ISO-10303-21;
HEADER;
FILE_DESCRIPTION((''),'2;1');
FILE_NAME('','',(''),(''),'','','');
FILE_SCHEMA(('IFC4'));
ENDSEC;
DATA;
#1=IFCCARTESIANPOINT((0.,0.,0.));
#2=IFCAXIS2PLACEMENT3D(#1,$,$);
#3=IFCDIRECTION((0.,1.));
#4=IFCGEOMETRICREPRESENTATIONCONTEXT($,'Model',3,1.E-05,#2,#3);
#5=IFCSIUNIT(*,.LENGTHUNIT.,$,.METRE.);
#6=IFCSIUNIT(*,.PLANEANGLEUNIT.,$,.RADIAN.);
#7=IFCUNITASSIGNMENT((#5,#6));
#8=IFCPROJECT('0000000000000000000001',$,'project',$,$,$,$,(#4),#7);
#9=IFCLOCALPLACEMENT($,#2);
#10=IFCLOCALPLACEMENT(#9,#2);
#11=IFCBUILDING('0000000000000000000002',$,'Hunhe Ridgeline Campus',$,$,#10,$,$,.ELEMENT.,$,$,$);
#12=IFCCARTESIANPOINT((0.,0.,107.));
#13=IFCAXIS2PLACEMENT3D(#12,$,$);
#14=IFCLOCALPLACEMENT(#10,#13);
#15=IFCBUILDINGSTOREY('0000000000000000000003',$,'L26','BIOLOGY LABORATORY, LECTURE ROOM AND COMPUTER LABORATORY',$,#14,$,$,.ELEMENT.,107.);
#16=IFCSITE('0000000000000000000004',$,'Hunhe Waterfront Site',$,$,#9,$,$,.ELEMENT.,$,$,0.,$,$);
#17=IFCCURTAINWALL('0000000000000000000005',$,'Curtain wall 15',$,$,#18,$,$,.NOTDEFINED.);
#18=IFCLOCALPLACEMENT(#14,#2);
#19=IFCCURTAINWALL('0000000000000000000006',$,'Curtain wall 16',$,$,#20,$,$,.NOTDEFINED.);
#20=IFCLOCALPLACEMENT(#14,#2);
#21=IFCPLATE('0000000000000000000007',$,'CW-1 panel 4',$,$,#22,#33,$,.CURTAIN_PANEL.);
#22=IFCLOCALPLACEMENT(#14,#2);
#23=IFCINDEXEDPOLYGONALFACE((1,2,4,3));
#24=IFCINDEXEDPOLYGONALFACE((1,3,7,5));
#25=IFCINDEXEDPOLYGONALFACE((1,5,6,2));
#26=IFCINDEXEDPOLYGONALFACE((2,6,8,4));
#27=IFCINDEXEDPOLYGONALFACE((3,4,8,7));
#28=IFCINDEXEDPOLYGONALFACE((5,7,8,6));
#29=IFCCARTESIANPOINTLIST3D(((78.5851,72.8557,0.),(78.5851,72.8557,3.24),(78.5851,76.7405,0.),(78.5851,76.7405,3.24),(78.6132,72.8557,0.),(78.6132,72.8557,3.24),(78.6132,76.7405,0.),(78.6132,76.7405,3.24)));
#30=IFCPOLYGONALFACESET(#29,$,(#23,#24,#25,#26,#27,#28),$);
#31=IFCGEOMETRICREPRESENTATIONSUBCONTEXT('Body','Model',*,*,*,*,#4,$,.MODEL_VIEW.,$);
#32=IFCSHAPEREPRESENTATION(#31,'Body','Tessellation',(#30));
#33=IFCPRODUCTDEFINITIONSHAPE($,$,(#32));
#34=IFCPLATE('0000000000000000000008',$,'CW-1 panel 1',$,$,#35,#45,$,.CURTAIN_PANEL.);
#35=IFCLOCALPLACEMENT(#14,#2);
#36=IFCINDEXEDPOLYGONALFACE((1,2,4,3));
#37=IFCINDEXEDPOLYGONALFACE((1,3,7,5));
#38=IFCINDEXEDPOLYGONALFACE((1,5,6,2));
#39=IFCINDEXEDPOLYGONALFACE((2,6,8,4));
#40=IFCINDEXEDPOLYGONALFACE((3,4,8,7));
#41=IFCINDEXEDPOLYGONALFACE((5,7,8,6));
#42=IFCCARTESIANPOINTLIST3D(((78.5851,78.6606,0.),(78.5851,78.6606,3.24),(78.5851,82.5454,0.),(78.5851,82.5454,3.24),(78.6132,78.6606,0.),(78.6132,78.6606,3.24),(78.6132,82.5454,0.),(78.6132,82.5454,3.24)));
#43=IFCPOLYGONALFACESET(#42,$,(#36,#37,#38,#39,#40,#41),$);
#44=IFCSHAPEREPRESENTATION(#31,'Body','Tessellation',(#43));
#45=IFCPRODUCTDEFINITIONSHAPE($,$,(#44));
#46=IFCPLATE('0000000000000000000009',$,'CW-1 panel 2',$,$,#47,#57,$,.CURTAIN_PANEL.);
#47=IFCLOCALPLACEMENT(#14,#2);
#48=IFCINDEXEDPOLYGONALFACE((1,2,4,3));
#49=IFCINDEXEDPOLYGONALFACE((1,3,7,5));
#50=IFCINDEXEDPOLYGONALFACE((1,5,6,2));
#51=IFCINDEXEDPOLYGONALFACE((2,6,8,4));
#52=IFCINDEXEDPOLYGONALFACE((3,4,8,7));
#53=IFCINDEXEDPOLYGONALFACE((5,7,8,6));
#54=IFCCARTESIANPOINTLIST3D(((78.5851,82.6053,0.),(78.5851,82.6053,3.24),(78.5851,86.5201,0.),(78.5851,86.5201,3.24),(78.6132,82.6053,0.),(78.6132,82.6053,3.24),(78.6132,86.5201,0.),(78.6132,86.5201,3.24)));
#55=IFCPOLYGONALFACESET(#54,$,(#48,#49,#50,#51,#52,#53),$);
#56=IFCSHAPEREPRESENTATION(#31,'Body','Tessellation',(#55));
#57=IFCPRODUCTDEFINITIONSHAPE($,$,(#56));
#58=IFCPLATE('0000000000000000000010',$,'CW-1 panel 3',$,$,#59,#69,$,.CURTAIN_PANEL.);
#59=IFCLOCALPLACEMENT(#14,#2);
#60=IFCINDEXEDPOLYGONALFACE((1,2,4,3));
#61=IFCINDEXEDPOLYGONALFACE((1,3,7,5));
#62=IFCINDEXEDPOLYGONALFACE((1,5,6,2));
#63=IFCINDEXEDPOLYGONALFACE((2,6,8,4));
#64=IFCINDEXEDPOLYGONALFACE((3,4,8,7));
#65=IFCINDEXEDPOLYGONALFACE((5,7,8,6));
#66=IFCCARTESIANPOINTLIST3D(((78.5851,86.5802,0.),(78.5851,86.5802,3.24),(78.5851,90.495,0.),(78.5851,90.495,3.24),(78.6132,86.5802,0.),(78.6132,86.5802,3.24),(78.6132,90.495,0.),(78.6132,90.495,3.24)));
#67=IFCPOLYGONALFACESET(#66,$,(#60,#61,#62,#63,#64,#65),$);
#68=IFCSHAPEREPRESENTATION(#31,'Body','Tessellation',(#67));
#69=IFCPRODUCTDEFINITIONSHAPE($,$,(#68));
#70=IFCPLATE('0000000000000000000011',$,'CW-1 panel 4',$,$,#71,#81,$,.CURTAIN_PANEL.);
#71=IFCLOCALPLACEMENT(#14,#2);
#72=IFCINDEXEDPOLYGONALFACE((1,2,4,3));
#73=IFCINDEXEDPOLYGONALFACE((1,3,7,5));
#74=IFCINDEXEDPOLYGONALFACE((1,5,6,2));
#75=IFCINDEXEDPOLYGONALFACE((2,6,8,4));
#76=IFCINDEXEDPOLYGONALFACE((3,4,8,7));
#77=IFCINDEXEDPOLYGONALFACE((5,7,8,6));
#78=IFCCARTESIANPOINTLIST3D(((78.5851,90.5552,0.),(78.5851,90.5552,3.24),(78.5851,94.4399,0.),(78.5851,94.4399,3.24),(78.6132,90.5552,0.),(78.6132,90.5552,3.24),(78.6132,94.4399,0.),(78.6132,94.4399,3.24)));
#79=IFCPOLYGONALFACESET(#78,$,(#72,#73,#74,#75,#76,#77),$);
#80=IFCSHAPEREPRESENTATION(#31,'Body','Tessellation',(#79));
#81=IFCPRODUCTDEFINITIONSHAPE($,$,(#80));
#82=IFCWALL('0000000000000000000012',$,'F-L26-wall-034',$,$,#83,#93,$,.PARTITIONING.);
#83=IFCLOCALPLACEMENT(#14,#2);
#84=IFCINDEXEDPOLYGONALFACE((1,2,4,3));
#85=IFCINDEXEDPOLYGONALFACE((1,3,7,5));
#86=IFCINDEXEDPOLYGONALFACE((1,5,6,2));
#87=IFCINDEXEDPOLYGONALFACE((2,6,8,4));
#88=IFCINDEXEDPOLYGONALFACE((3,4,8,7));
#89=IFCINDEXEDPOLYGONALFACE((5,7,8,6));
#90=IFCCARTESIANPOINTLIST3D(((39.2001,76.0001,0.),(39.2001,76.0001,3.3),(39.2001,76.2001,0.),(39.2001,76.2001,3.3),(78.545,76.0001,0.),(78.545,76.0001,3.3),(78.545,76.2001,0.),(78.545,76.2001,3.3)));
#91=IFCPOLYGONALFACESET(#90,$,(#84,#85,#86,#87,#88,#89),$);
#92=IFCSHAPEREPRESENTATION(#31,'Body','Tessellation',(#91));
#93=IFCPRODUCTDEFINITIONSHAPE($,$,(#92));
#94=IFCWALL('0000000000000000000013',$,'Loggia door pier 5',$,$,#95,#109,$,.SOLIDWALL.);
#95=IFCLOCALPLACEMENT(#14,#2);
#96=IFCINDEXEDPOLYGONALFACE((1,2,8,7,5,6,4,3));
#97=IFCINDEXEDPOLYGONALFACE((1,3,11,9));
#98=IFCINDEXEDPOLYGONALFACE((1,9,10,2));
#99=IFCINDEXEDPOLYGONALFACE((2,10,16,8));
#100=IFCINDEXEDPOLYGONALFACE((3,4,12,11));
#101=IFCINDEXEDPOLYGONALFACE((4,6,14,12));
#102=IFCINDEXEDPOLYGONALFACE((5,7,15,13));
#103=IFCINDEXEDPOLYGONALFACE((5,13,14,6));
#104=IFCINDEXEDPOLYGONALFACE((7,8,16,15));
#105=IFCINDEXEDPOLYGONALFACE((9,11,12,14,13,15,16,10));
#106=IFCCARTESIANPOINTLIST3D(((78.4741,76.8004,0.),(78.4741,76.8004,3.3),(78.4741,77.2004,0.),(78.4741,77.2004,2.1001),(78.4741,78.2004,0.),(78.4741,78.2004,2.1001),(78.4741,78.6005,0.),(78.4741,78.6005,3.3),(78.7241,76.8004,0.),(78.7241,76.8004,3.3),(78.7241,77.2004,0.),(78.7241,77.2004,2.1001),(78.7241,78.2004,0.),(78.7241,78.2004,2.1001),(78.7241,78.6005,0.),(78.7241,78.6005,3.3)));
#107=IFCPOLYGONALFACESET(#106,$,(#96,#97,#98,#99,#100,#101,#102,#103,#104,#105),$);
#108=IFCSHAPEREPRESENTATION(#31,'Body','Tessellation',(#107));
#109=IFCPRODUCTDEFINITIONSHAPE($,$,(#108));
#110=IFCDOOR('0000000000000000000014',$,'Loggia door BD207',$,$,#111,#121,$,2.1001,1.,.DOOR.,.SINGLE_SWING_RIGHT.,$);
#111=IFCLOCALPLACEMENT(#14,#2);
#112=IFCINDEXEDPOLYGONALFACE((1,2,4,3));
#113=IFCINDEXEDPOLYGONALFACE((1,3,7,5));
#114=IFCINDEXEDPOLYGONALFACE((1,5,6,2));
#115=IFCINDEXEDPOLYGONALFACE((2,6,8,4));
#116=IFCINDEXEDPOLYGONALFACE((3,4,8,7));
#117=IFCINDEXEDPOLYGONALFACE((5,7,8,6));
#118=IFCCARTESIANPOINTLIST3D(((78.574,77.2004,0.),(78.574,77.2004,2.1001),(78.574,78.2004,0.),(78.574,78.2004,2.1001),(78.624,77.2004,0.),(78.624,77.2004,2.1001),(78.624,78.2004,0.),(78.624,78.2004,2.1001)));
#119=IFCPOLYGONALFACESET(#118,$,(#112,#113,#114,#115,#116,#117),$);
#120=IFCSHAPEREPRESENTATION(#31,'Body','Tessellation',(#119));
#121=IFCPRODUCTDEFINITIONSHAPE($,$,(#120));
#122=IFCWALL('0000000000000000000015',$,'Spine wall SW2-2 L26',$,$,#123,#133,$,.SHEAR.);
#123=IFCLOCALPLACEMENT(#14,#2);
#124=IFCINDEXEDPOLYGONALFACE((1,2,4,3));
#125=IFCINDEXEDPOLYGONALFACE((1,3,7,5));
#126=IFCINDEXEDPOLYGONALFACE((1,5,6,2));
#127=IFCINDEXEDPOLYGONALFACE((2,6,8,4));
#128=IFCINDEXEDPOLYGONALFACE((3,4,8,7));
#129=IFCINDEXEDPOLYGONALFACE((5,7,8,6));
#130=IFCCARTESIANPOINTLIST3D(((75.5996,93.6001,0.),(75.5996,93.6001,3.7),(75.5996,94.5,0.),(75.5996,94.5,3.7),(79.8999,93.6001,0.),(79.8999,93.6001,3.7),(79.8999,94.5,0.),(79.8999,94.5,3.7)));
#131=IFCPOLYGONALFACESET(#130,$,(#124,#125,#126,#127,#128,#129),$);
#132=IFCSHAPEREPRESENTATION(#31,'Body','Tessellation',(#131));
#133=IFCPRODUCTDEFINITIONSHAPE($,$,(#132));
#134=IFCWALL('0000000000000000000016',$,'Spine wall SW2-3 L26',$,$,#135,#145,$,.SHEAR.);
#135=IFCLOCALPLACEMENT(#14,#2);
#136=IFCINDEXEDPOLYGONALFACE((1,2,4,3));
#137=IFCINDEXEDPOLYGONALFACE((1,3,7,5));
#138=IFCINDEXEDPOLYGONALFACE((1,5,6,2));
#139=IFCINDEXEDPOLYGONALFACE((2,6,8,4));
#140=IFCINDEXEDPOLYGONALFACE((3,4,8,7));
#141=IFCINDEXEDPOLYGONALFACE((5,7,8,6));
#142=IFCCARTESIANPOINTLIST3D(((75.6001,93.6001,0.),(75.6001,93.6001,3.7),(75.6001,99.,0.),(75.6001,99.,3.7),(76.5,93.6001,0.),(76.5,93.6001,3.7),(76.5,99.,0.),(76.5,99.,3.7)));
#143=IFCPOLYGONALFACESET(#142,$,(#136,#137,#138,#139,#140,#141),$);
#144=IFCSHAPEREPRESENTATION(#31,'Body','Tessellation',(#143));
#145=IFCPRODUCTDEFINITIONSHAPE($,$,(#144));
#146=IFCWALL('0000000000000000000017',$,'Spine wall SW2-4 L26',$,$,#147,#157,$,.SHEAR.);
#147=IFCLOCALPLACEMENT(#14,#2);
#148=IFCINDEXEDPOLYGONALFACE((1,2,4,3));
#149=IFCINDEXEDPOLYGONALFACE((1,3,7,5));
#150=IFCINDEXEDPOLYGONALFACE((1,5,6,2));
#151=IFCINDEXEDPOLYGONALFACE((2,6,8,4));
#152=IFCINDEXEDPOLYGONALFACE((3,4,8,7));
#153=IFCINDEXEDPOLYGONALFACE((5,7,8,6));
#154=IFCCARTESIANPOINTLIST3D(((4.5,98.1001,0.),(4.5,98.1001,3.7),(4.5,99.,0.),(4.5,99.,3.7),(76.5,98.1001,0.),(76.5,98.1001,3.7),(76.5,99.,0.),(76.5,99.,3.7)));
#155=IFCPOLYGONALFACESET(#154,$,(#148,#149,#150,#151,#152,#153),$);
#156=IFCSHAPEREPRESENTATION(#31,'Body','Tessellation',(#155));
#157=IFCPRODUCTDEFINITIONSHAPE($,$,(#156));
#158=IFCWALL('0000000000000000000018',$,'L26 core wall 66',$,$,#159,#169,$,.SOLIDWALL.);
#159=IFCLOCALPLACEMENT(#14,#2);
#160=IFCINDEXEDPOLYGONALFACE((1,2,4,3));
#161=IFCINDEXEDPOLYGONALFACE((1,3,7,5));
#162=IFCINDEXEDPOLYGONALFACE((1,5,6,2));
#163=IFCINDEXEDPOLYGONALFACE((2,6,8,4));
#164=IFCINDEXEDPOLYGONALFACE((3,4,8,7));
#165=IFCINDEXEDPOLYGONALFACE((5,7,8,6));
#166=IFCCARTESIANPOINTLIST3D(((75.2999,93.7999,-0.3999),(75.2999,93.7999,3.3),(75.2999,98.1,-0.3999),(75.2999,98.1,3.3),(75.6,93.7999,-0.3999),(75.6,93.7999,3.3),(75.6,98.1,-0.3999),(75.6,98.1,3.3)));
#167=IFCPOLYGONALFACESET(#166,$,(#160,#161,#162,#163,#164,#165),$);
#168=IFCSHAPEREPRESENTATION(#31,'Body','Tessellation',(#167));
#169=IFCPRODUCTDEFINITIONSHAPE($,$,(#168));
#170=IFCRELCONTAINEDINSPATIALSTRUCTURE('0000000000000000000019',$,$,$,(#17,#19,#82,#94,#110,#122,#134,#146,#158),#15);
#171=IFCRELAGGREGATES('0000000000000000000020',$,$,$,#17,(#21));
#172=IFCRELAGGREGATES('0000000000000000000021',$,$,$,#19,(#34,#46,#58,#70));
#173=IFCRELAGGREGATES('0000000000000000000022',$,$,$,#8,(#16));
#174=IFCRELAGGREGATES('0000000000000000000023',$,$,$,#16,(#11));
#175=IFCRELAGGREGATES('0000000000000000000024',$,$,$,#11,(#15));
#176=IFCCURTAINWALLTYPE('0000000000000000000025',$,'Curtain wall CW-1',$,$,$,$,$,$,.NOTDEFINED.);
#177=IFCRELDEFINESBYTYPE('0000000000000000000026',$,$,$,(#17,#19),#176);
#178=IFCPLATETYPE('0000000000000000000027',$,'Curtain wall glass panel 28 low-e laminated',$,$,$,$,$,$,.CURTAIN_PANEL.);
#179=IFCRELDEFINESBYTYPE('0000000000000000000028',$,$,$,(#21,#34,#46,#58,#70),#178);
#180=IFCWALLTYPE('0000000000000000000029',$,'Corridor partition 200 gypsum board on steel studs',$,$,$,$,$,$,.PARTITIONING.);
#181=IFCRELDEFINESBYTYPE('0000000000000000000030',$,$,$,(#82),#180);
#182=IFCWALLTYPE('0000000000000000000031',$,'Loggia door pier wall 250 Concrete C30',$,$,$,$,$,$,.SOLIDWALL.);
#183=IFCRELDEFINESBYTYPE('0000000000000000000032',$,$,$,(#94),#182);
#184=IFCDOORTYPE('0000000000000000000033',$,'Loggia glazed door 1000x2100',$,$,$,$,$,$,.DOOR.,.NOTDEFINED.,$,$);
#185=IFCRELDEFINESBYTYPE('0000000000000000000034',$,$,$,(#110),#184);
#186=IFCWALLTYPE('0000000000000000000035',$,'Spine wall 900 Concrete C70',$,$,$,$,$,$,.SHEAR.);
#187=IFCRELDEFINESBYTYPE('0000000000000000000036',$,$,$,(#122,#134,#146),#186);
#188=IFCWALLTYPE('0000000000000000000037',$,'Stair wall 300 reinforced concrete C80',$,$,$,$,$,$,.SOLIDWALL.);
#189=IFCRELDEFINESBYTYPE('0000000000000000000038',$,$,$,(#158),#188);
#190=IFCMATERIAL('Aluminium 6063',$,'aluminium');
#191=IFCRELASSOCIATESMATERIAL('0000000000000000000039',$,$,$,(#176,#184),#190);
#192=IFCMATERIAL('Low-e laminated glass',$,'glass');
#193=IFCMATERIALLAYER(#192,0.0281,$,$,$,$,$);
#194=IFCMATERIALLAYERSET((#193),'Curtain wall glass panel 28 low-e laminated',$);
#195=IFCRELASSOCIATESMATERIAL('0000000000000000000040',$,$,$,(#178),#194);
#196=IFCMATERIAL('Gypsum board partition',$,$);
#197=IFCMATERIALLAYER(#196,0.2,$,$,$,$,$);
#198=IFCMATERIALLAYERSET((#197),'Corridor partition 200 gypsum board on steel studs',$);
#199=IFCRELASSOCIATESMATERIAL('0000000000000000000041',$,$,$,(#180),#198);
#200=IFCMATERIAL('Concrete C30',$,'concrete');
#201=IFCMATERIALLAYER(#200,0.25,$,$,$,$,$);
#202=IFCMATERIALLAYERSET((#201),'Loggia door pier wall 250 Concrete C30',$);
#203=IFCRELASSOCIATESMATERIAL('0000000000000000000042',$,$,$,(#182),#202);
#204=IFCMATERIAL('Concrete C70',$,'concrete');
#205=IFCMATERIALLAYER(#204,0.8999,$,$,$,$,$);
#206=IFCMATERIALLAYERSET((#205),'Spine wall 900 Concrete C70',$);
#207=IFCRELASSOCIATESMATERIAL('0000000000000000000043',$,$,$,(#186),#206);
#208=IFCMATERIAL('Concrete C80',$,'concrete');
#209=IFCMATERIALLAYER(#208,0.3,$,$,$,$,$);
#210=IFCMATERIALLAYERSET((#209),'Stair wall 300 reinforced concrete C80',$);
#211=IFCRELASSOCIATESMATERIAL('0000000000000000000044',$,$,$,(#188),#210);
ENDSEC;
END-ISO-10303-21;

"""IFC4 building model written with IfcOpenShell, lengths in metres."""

from ifc_helpers import new_model, si_unit, direction, frame, frame_2d, origin, origin_2d, place, context, subcontext, project, spatial, rectangle, extrude, material, layer, layer_set, type_object, element, fill, aggregate, save


model = new_model("IFC4")

# Units and contexts
model_context = context("Model", 3, precision=1e-05, world=origin(), true_north=direction((0.0, 1.0)))
body_context = subcontext(model_context, "Body", "Model", "MODEL_VIEW")
ifc_project = project(units=[si_unit("LENGTHUNIT", "METRE"), si_unit("PLANEANGLEUNIT", "RADIAN")], contexts=[model_context])

# Site, building, storey
site_placement = place(None, origin())
site = spatial("IfcSite", under=ifc_project, at=site_placement, Name="Hunhe Waterfront Site", CompositionType="ELEMENT", RefElevation=0.0)
building_placement = place(site_placement, origin())
building = spatial("IfcBuilding", under=site, at=building_placement, Name="Hunhe Ridgeline Campus", CompositionType="ELEMENT")
storey_placement = place(building_placement, frame((0.0, 0.0, 107.0)))
storey = spatial("IfcBuildingStorey", under=building, at=storey_placement, Name="L26", Description="BIOLOGY LABORATORY, LECTURE ROOM AND COMPUTER LABORATORY", CompositionType="ELEMENT", Elevation=107.0)

# Shared definitions
ifc_material_1 = material(Name="Concrete C70", Category="concrete")

# Curtain wall
ifc_material_2 = material(Name="Aluminium 6063", Category="aluminium")
curtain_wall_type = type_object("IfcCurtainWallType", Name="Curtain wall CW-1", PredefinedType="NOTDEFINED", material=ifc_material_2)
curtain_wall_1_placement = place(storey_placement, origin())
curtain_wall_1 = element("IfcCurtainWall", 1, at=curtain_wall_1_placement, inside=storey, type_object=curtain_wall_type, Name="Curtain wall 15", PredefinedType="NOTDEFINED")

# Curtain wall
curtain_wall_2_placement = place(storey_placement, origin())
curtain_wall_2 = element("IfcCurtainWall", 2, at=curtain_wall_2_placement, inside=storey, type_object=curtain_wall_type, Name="Curtain wall 16", PredefinedType="NOTDEFINED")

# Plates
ifc_material_3 = material(Name="Low-e laminated glass", Category="glass")
ifc_layer_1 = layer(ifc_material_3, 0.0281)
ifc_layer_set_1 = layer_set([ifc_layer_1], Name="Curtain wall glass panel 28 low-e laminated")
plate_type = type_object("IfcPlateType", Name="Curtain wall glass panel 28 low-e laminated", PredefinedType="CURTAIN_PANEL", material=ifc_layer_set_1)
plate_1_placement = place(storey_placement, frame((78.5991, 74.7981, 0.0), z_axis=(0.0, 0.0, 1.0), x_axis=(0.0, 1.0, 0.0)))
plate_1 = element("IfcPlate", 3, at=plate_1_placement, type_object=plate_type, Name="CW-1 panel 4", PredefinedType="CURTAIN_PANEL", context=body_context, shape_type="SweptSolid", body=[
    extrude(rectangle(XDim=3.8848, YDim=0.0281, at=origin_2d()), origin(), (0.0, 0.0, 1.0), 3.24),
])
aggregate(curtain_wall_1, [plate_1])
plate_2_placement = place(storey_placement, frame((78.5991, 80.603, 0.0), z_axis=(0.0, 0.0, 1.0), x_axis=(0.0, 1.0, 0.0)))
plate_2 = element("IfcPlate", 4, at=plate_2_placement, type_object=plate_type, Name="CW-1 panel 1", PredefinedType="CURTAIN_PANEL", context=body_context, shape_type="SweptSolid", body=[
    extrude(rectangle(XDim=3.8848, YDim=0.0281, at=origin_2d()), origin(), (0.0, 0.0, 1.0), 3.24),
])
plate_3_placement = place(storey_placement, frame((78.5991, 84.5627, 0.0), z_axis=(0.0, 0.0, 1.0), x_axis=(0.0, 1.0, 0.0)))
plate_3 = element("IfcPlate", 5, at=plate_3_placement, type_object=plate_type, Name="CW-1 panel 2", PredefinedType="CURTAIN_PANEL", context=body_context, shape_type="SweptSolid", body=[
    extrude(rectangle(XDim=3.9148, YDim=0.0281, at=origin_2d()), origin(), (0.0, 0.0, 1.0), 3.24),
])
plate_4_placement = place(storey_placement, frame((78.5991, 88.5376, 0.0), z_axis=(0.0, 0.0, 1.0), x_axis=(0.0, 1.0, 0.0)))
plate_4 = element("IfcPlate", 6, at=plate_4_placement, type_object=plate_type, Name="CW-1 panel 3", PredefinedType="CURTAIN_PANEL", context=body_context, shape_type="SweptSolid", body=[
    extrude(rectangle(XDim=3.9148, YDim=0.0281, at=origin_2d()), origin(), (0.0, 0.0, 1.0), 3.24),
])
plate_5_placement = place(storey_placement, frame((78.5991, 92.4976, 0.0), z_axis=(0.0, 0.0, 1.0), x_axis=(0.0, 1.0, 0.0)))
plate_5 = element("IfcPlate", 7, at=plate_5_placement, type_object=plate_type, Name="CW-1 panel 4", PredefinedType="CURTAIN_PANEL", context=body_context, shape_type="SweptSolid", body=[
    extrude(rectangle(XDim=3.8848, YDim=0.0281, at=origin_2d()), origin(), (0.0, 0.0, 1.0), 3.24),
])
aggregate(curtain_wall_2, [plate_2, plate_3, plate_4, plate_5])

# Wall
ifc_material_4 = material(Name="Gypsum board partition")
ifc_layer_2 = layer(ifc_material_4, 0.2)
ifc_layer_set_2 = layer_set([ifc_layer_2], Name="Corridor partition 200 gypsum board on steel studs")
wall_type_1 = type_object("IfcWallType", Name="Corridor partition 200 gypsum board on steel studs", PredefinedType="PARTITIONING", material=ifc_layer_set_2)
wall_1_placement = place(storey_placement, frame((78.5449, 76.1001, 0.0), z_axis=(0.0, 0.0, 1.0), x_axis=(-1.0, 0.0, 0.0)))
element("IfcWall", 8, at=wall_1_placement, inside=storey, type_object=wall_type_1, Name="F-L26-wall-034", PredefinedType="PARTITIONING", context=body_context, shape_type="SweptSolid", body=[
    extrude(rectangle(XDim=39.345, YDim=0.2, at=frame_2d((19.6724, 0.0))), origin(), (0.0, 0.0, 1.0), 3.3),
])

# Wall, opening, door
ifc_material_5 = material(Name="Concrete C30", Category="concrete")
ifc_layer_3 = layer(ifc_material_5, 0.25)
ifc_layer_set_3 = layer_set([ifc_layer_3], Name="Loggia door pier wall 250 Concrete C30")
wall_type_2 = type_object("IfcWallType", Name="Loggia door pier wall 250 Concrete C30", PredefinedType="SOLIDWALL", material=ifc_layer_set_3)
wall_2_placement = place(storey_placement, frame((78.5991, 76.8005, 0.0), z_axis=(0.0, 0.0, 1.0), x_axis=(0.0, 1.0, 0.0)))
wall_2 = element("IfcWall", 9, at=wall_2_placement, inside=storey, type_object=wall_type_2, Name="Loggia door pier 5", PredefinedType="SOLIDWALL", context=body_context, shape_type="SweptSolid", body=[
    extrude(rectangle(XDim=1.8, YDim=0.25, at=frame_2d((0.8999, 0.0))), origin(), (0.0, 0.0, 1.0), 3.3),
])
opening_placement = place(wall_2_placement, frame((0.3999, 0.0, 0.0)))
opening = element("IfcOpeningElement", 10, at=opening_placement, cuts=wall_2, PredefinedType="OPENING", context=body_context, shape_type="SweptSolid", body=[
    extrude(rectangle(XDim=1.0, YDim=2.1001, at=frame_2d((0.5, 1.05))), frame((0.0, 0.125, 0.0), z_axis=(0.0, -1.0, 0.0), x_axis=(1.0, 0.0, 0.0)), (0.0, 0.0, 1.0), 0.25),
])
door_type = type_object("IfcDoorType", Name="Loggia glazed door 1000x2100", OperationType="NOTDEFINED", PredefinedType="DOOR", material=ifc_material_2)
door_placement = place(opening_placement, frame((1.0, 0.0, 0.0), z_axis=(0.0, 0.0, 1.0), x_axis=(-1.0, 0.0, 0.0)))
door = element("IfcDoor", 11, at=door_placement, inside=storey, type_object=door_type, Name="Loggia door BD207", OperationType="SINGLE_SWING_RIGHT", OverallHeight=2.1001, OverallWidth=1.0, PredefinedType="DOOR", context=body_context, shape_type="SweptSolid", body=[
    extrude(rectangle(XDim=1.0, YDim=2.1001, at=frame_2d((0.5, 1.05))), frame((0.0, 0.0249, 0.0), z_axis=(0.0, -1.0, 0.0), x_axis=(1.0, 0.0, 0.0)), (0.0, 0.0, 1.0), 0.05),
])
fill(opening, door)

# Walls
ifc_layer_4 = layer(ifc_material_1, 0.8999)
ifc_layer_set_4 = layer_set([ifc_layer_4], Name="Spine wall 900 Concrete C70")
wall_type_3 = type_object("IfcWallType", Name="Spine wall 900 Concrete C70", PredefinedType="SHEAR", material=ifc_layer_set_4)
wall_3_placement = place(storey_placement, frame((79.8999, 94.05, 0.0), z_axis=(0.0, 0.0, 1.0), x_axis=(-1.0, 0.0, 0.0)))
element("IfcWall", 12, at=wall_3_placement, inside=storey, type_object=wall_type_3, Name="Spine wall SW2-2 L26", PredefinedType="SHEAR", context=body_context, shape_type="SweptSolid", body=[
    extrude(rectangle(XDim=4.3003, YDim=0.8999, at=frame_2d((2.1501, 0.0))), origin(), (0.0, 0.0, 1.0), 3.7),
])
wall_4_placement = place(storey_placement, frame((76.05, 93.6001, 0.0), z_axis=(0.0, 0.0, 1.0), x_axis=(0.0, 1.0, 0.0)))
element("IfcWall", 13, at=wall_4_placement, inside=storey, type_object=wall_type_3, Name="Spine wall SW2-3 L26", PredefinedType="SHEAR", context=body_context, shape_type="SweptSolid", body=[
    extrude(rectangle(XDim=5.3999, YDim=0.8999, at=frame_2d((2.7, 0.0))), origin(), (0.0, 0.0, 1.0), 3.7),
])
wall_5_placement = place(storey_placement, frame((76.5, 98.55, 0.0), z_axis=(0.0, 0.0, 1.0), x_axis=(-1.0, 0.0, 0.0)))
element("IfcWall", 14, at=wall_5_placement, inside=storey, type_object=wall_type_3, Name="Spine wall SW2-4 L26", PredefinedType="SHEAR", context=body_context, shape_type="SweptSolid", body=[
    extrude(rectangle(XDim=72.0, YDim=0.8999, at=frame_2d((36.0, 0.0))), origin(), (0.0, 0.0, 1.0), 3.7),
])
ifc_material_6 = material(Name="Concrete C80", Category="concrete")
ifc_layer_5 = layer(ifc_material_6, 0.3)
ifc_layer_set_5 = layer_set([ifc_layer_5], Name="Stair wall 300 reinforced concrete C80")
wall_type_4 = type_object("IfcWallType", Name="Stair wall 300 reinforced concrete C80", PredefinedType="SOLIDWALL", material=ifc_layer_set_5)
wall_6_placement = place(storey_placement, frame((75.45, 93.8, -0.3999), z_axis=(0.0, 0.0, 1.0), x_axis=(0.0, 1.0, 0.0)))
element("IfcWall", 15, at=wall_6_placement, inside=storey, type_object=wall_type_4, Name="L26 core wall 66", PredefinedType="SOLIDWALL", context=body_context, shape_type="SweptSolid", body=[
    extrude(rectangle(XDim=4.3, YDim=0.3, at=frame_2d((2.1499, 0.0))), origin(), (0.0, 0.0, 1.0), 3.7),
])

save(model, "model.ifc")
